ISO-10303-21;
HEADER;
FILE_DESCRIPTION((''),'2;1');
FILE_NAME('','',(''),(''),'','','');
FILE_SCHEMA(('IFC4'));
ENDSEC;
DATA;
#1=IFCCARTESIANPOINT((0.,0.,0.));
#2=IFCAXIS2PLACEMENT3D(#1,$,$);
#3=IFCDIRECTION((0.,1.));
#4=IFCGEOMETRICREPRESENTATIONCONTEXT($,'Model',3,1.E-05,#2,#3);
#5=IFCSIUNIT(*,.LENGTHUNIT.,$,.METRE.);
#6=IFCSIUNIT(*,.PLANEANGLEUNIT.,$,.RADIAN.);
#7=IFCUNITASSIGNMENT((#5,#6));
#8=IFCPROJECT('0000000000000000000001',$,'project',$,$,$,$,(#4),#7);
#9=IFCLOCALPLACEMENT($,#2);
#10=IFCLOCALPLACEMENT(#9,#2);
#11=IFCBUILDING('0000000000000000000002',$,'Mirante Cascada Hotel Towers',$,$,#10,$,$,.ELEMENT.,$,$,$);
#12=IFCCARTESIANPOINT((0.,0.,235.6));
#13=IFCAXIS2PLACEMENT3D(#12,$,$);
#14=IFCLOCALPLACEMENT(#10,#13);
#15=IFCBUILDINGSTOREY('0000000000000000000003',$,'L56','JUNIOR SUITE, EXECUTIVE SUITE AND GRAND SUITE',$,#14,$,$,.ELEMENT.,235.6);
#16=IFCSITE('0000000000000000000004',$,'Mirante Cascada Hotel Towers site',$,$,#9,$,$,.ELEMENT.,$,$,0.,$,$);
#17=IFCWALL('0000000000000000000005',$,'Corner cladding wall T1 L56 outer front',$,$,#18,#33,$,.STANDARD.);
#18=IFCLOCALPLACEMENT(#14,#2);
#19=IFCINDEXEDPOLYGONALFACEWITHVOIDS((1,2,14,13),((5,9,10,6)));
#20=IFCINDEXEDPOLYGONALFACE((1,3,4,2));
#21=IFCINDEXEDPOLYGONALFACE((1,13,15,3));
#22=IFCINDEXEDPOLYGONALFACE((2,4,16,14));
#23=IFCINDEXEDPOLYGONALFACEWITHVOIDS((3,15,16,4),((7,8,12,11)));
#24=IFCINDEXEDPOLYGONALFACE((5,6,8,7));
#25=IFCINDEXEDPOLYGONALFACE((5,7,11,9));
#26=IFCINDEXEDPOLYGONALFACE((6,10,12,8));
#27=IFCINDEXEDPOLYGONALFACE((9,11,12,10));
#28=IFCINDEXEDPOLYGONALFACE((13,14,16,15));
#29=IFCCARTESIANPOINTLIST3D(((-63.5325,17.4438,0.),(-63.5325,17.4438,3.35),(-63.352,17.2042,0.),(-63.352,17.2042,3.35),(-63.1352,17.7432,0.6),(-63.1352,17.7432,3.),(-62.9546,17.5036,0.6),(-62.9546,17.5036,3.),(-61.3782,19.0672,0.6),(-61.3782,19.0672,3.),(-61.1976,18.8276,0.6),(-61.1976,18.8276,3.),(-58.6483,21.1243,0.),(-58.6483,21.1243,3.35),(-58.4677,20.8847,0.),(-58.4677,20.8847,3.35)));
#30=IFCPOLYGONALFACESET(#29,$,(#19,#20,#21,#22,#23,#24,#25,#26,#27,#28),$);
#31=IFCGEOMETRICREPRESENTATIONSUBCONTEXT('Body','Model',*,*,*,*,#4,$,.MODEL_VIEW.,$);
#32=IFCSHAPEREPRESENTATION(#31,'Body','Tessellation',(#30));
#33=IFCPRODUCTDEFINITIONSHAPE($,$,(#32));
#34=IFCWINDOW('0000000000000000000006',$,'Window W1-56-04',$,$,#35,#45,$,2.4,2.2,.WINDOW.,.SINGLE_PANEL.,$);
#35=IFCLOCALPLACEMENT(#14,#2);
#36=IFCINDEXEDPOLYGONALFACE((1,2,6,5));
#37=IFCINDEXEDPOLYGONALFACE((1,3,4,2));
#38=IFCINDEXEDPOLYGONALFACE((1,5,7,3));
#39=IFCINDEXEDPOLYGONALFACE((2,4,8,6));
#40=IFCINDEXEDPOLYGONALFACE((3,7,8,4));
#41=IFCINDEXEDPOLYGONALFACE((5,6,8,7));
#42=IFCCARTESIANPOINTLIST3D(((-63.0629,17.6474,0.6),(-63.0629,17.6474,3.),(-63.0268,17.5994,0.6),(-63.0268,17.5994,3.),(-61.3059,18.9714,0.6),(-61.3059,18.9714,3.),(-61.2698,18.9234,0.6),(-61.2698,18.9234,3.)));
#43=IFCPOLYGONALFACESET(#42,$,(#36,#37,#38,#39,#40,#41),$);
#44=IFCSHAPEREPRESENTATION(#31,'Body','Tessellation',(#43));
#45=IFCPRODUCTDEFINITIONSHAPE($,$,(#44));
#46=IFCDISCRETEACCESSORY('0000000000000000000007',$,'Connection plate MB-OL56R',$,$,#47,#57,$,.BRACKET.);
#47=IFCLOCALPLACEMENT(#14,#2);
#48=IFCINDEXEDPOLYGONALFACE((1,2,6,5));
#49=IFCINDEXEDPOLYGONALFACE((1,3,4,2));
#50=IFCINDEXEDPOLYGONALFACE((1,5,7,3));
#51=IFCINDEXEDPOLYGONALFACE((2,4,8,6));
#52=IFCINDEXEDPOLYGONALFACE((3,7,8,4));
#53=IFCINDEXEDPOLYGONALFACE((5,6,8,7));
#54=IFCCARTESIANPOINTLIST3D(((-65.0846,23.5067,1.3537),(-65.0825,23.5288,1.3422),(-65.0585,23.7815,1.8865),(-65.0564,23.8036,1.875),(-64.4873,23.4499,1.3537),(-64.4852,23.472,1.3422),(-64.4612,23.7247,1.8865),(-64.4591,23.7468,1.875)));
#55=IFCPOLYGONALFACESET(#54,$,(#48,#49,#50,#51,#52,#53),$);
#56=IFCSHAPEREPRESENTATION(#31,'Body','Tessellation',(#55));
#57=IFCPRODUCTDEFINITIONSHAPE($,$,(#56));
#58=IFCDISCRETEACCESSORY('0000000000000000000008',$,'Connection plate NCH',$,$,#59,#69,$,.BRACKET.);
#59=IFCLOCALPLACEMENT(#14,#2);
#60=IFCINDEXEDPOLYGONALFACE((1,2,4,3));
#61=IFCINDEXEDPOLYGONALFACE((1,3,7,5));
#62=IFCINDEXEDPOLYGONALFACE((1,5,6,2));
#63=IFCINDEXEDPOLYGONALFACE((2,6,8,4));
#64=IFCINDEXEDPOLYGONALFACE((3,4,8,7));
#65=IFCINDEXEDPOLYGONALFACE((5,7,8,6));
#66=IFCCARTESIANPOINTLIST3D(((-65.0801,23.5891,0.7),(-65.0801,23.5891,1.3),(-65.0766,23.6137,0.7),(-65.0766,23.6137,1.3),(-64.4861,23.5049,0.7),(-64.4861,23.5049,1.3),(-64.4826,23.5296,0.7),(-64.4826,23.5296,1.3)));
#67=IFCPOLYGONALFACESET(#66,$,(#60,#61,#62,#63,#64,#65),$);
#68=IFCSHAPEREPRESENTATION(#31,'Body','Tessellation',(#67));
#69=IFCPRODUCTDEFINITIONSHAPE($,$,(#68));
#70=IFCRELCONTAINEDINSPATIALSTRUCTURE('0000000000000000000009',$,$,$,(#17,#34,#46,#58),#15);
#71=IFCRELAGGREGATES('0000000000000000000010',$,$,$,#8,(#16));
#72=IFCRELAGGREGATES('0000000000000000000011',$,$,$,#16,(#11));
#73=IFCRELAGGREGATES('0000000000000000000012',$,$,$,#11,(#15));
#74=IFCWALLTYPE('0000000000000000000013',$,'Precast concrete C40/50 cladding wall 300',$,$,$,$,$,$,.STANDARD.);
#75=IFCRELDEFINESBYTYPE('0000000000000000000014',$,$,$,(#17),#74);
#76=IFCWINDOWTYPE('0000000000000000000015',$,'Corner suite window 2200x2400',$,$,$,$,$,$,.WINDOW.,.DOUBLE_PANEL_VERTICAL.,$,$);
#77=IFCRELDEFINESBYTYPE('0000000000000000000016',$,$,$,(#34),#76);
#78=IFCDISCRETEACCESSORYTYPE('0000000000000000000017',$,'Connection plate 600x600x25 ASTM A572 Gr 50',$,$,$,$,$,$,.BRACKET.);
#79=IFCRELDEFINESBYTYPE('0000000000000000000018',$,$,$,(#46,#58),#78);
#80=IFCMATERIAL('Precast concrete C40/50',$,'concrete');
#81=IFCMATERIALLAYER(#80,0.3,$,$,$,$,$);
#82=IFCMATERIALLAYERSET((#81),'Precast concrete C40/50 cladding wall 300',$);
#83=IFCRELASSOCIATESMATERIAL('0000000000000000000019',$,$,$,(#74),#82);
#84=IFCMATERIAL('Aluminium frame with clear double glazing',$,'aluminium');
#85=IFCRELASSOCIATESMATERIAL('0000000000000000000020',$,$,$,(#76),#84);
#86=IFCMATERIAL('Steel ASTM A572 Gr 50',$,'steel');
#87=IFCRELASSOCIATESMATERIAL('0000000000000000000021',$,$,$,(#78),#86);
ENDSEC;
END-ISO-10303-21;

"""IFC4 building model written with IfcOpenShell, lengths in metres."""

from ifc_helpers import new_model, si_unit, direction, frame, frame_2d, origin, origin_2d, place, context, subcontext, project, spatial, rectangle, extrude, material, layer, layer_set, material_profile, profile_set, type_object, element, fill, save


model = new_model("IFC4")

# Units and contexts
model_context = context("Model", 3, precision=1e-05, world=origin(), true_north=direction((0.0, 1.0)))
body_context = subcontext(model_context, "Body", "Model", "MODEL_VIEW")
ifc_project = project(units=[si_unit("LENGTHUNIT", "METRE"), si_unit("PLANEANGLEUNIT", "RADIAN")], contexts=[model_context])

# Site, building, storey
site_placement = place(None, origin())
site = spatial("IfcSite", under=ifc_project, at=site_placement, Name="Mirante Cascada Hotel Towers site", CompositionType="ELEMENT", RefElevation=0.0)
building_placement = place(site_placement, origin())
building = spatial("IfcBuilding", under=site, at=building_placement, Name="Mirante Cascada Hotel Towers", CompositionType="ELEMENT")
storey_placement = place(building_placement, frame((0.0, 0.0, 235.6)))
storey = spatial("IfcBuildingStorey", under=building, at=storey_placement, Name="L56", Description="JUNIOR SUITE, EXECUTIVE SUITE AND GRAND SUITE", CompositionType="ELEMENT", Elevation=235.6)

# Wall, opening, window
ifc_material_1 = material(Name="Precast concrete C40/50", Category="concrete")
ifc_layer_1 = layer(ifc_material_1, 0.3)
ifc_layer_set_1 = layer_set([ifc_layer_1], Name="Precast concrete C40/50 cladding wall 300")
wall_type_1 = type_object("IfcWallType", Name="Precast concrete C40/50 cladding wall 300", PredefinedType="STANDARD", material=ifc_layer_set_1)
wall_1_placement = place(storey_placement, frame((-63.4422, 17.324, 0.0), z_axis=(0.0, 0.0, 1.0), x_axis=(0.798636, 0.601814, 0.0)))
wall_1 = element("IfcWall", 1, at=wall_1_placement, inside=storey, type_object=wall_type_1, Name="Corner cladding wall T1 L56 outer front", PredefinedType="STANDARD", context=body_context, shape_type="SweptSolid", body=[
    extrude(rectangle(XDim=6.1157, YDim=0.3, at=frame_2d((3.0578, 0.0))), origin(), (0.0, 0.0, 1.0), 3.35),
])
opening_1_placement = place(wall_1_placement, frame((0.4975, 0.0, 0.6)))
opening_1 = element("IfcOpeningElement", 2, at=opening_1_placement, cuts=wall_1, PredefinedType="OPENING", context=body_context, shape_type="SweptSolid", body=[
    extrude(rectangle(XDim=2.2, YDim=2.4, at=frame_2d((1.1, 1.2))), frame((0.0, 0.15, 0.0), z_axis=(0.0, -1.0, 0.0), x_axis=(1.0, 0.0, 0.0)), (0.0, 0.0, 1.0), 0.3),
])
ifc_material_2 = material(Name="Aluminium frame with clear double glazing", Category="aluminium")
window_type = type_object("IfcWindowType", Name="Corner suite window 2200x2400", PartitioningType="DOUBLE_PANEL_VERTICAL", PredefinedType="WINDOW", material=ifc_material_2)
window_placement = place(opening_1_placement, origin())
window = element("IfcWindow", 3, at=window_placement, inside=storey, type_object=window_type, Name="Window W1-56-04", OverallHeight=2.4, OverallWidth=2.2, PartitioningType="SINGLE_PANEL", PredefinedType="WINDOW", context=body_context, shape_type="SweptSolid", body=[
    extrude(rectangle(XDim=2.2, YDim=2.4, at=frame_2d((1.1, 1.2))), frame((0.0, 0.03, 0.0), z_axis=(0.0, -1.0, 0.0), x_axis=(1.0, 0.0, 0.0)), (0.0, 0.0, 1.0), 0.06),
])
fill(opening_1, window)

# Discrete accessories
ifc_material_3 = material(Name="Steel ASTM A572 Gr 50", Category="steel")
ifc_material_profile_1 = material_profile(ifc_material_3, rectangle(XDim=0.6, YDim=0.6, at=origin_2d()), Name="Connection plate 600x600x25 ASTM A572 Gr 50")
ifc_profile_set_1 = profile_set([ifc_material_profile_1], Name="Steel ASTM A572 Gr 50")
discrete_accessory_type = type_object("IfcDiscreteAccessoryType", Name="Connection plate 600x600x25 ASTM A572 Gr 50", PredefinedType="BRACKET", material=ifc_profile_set_1)
discrete_accessory_1_placement = place(storey_placement, frame((-64.7708, 23.6378, 1.6086), z_axis=(-0.083995, -0.88395, 0.459974), x_axis=(0.995516, -0.094597, 0.0)))
element("IfcDiscreteAccessory", 4, at=discrete_accessory_1_placement, inside=storey, type_object=discrete_accessory_type, Name="Connection plate MB-OL56R", PredefinedType="BRACKET", context=body_context, shape_type="SweptSolid", body=[
    extrude(rectangle(XDim=0.6, YDim=0.6, at=origin_2d()), origin(), (0.0, 0.0, 1.0), 0.025),
])
discrete_accessory_2_placement = place(storey_placement, frame((-64.7831, 23.547, 1.0), z_axis=(0.140299, 0.990109, 0.0), x_axis=(-0.990109, 0.140299, 0.0)))
element("IfcDiscreteAccessory", 5, at=discrete_accessory_2_placement, inside=storey, type_object=discrete_accessory_type, Name="Connection plate NCH", PredefinedType="BRACKET", context=body_context, shape_type="SweptSolid", body=[
    extrude(rectangle(XDim=0.6, YDim=0.6, at=origin_2d()), origin(), (0.0, 0.0, 1.0), 0.0249),
])

save(model, "model.ifc")
